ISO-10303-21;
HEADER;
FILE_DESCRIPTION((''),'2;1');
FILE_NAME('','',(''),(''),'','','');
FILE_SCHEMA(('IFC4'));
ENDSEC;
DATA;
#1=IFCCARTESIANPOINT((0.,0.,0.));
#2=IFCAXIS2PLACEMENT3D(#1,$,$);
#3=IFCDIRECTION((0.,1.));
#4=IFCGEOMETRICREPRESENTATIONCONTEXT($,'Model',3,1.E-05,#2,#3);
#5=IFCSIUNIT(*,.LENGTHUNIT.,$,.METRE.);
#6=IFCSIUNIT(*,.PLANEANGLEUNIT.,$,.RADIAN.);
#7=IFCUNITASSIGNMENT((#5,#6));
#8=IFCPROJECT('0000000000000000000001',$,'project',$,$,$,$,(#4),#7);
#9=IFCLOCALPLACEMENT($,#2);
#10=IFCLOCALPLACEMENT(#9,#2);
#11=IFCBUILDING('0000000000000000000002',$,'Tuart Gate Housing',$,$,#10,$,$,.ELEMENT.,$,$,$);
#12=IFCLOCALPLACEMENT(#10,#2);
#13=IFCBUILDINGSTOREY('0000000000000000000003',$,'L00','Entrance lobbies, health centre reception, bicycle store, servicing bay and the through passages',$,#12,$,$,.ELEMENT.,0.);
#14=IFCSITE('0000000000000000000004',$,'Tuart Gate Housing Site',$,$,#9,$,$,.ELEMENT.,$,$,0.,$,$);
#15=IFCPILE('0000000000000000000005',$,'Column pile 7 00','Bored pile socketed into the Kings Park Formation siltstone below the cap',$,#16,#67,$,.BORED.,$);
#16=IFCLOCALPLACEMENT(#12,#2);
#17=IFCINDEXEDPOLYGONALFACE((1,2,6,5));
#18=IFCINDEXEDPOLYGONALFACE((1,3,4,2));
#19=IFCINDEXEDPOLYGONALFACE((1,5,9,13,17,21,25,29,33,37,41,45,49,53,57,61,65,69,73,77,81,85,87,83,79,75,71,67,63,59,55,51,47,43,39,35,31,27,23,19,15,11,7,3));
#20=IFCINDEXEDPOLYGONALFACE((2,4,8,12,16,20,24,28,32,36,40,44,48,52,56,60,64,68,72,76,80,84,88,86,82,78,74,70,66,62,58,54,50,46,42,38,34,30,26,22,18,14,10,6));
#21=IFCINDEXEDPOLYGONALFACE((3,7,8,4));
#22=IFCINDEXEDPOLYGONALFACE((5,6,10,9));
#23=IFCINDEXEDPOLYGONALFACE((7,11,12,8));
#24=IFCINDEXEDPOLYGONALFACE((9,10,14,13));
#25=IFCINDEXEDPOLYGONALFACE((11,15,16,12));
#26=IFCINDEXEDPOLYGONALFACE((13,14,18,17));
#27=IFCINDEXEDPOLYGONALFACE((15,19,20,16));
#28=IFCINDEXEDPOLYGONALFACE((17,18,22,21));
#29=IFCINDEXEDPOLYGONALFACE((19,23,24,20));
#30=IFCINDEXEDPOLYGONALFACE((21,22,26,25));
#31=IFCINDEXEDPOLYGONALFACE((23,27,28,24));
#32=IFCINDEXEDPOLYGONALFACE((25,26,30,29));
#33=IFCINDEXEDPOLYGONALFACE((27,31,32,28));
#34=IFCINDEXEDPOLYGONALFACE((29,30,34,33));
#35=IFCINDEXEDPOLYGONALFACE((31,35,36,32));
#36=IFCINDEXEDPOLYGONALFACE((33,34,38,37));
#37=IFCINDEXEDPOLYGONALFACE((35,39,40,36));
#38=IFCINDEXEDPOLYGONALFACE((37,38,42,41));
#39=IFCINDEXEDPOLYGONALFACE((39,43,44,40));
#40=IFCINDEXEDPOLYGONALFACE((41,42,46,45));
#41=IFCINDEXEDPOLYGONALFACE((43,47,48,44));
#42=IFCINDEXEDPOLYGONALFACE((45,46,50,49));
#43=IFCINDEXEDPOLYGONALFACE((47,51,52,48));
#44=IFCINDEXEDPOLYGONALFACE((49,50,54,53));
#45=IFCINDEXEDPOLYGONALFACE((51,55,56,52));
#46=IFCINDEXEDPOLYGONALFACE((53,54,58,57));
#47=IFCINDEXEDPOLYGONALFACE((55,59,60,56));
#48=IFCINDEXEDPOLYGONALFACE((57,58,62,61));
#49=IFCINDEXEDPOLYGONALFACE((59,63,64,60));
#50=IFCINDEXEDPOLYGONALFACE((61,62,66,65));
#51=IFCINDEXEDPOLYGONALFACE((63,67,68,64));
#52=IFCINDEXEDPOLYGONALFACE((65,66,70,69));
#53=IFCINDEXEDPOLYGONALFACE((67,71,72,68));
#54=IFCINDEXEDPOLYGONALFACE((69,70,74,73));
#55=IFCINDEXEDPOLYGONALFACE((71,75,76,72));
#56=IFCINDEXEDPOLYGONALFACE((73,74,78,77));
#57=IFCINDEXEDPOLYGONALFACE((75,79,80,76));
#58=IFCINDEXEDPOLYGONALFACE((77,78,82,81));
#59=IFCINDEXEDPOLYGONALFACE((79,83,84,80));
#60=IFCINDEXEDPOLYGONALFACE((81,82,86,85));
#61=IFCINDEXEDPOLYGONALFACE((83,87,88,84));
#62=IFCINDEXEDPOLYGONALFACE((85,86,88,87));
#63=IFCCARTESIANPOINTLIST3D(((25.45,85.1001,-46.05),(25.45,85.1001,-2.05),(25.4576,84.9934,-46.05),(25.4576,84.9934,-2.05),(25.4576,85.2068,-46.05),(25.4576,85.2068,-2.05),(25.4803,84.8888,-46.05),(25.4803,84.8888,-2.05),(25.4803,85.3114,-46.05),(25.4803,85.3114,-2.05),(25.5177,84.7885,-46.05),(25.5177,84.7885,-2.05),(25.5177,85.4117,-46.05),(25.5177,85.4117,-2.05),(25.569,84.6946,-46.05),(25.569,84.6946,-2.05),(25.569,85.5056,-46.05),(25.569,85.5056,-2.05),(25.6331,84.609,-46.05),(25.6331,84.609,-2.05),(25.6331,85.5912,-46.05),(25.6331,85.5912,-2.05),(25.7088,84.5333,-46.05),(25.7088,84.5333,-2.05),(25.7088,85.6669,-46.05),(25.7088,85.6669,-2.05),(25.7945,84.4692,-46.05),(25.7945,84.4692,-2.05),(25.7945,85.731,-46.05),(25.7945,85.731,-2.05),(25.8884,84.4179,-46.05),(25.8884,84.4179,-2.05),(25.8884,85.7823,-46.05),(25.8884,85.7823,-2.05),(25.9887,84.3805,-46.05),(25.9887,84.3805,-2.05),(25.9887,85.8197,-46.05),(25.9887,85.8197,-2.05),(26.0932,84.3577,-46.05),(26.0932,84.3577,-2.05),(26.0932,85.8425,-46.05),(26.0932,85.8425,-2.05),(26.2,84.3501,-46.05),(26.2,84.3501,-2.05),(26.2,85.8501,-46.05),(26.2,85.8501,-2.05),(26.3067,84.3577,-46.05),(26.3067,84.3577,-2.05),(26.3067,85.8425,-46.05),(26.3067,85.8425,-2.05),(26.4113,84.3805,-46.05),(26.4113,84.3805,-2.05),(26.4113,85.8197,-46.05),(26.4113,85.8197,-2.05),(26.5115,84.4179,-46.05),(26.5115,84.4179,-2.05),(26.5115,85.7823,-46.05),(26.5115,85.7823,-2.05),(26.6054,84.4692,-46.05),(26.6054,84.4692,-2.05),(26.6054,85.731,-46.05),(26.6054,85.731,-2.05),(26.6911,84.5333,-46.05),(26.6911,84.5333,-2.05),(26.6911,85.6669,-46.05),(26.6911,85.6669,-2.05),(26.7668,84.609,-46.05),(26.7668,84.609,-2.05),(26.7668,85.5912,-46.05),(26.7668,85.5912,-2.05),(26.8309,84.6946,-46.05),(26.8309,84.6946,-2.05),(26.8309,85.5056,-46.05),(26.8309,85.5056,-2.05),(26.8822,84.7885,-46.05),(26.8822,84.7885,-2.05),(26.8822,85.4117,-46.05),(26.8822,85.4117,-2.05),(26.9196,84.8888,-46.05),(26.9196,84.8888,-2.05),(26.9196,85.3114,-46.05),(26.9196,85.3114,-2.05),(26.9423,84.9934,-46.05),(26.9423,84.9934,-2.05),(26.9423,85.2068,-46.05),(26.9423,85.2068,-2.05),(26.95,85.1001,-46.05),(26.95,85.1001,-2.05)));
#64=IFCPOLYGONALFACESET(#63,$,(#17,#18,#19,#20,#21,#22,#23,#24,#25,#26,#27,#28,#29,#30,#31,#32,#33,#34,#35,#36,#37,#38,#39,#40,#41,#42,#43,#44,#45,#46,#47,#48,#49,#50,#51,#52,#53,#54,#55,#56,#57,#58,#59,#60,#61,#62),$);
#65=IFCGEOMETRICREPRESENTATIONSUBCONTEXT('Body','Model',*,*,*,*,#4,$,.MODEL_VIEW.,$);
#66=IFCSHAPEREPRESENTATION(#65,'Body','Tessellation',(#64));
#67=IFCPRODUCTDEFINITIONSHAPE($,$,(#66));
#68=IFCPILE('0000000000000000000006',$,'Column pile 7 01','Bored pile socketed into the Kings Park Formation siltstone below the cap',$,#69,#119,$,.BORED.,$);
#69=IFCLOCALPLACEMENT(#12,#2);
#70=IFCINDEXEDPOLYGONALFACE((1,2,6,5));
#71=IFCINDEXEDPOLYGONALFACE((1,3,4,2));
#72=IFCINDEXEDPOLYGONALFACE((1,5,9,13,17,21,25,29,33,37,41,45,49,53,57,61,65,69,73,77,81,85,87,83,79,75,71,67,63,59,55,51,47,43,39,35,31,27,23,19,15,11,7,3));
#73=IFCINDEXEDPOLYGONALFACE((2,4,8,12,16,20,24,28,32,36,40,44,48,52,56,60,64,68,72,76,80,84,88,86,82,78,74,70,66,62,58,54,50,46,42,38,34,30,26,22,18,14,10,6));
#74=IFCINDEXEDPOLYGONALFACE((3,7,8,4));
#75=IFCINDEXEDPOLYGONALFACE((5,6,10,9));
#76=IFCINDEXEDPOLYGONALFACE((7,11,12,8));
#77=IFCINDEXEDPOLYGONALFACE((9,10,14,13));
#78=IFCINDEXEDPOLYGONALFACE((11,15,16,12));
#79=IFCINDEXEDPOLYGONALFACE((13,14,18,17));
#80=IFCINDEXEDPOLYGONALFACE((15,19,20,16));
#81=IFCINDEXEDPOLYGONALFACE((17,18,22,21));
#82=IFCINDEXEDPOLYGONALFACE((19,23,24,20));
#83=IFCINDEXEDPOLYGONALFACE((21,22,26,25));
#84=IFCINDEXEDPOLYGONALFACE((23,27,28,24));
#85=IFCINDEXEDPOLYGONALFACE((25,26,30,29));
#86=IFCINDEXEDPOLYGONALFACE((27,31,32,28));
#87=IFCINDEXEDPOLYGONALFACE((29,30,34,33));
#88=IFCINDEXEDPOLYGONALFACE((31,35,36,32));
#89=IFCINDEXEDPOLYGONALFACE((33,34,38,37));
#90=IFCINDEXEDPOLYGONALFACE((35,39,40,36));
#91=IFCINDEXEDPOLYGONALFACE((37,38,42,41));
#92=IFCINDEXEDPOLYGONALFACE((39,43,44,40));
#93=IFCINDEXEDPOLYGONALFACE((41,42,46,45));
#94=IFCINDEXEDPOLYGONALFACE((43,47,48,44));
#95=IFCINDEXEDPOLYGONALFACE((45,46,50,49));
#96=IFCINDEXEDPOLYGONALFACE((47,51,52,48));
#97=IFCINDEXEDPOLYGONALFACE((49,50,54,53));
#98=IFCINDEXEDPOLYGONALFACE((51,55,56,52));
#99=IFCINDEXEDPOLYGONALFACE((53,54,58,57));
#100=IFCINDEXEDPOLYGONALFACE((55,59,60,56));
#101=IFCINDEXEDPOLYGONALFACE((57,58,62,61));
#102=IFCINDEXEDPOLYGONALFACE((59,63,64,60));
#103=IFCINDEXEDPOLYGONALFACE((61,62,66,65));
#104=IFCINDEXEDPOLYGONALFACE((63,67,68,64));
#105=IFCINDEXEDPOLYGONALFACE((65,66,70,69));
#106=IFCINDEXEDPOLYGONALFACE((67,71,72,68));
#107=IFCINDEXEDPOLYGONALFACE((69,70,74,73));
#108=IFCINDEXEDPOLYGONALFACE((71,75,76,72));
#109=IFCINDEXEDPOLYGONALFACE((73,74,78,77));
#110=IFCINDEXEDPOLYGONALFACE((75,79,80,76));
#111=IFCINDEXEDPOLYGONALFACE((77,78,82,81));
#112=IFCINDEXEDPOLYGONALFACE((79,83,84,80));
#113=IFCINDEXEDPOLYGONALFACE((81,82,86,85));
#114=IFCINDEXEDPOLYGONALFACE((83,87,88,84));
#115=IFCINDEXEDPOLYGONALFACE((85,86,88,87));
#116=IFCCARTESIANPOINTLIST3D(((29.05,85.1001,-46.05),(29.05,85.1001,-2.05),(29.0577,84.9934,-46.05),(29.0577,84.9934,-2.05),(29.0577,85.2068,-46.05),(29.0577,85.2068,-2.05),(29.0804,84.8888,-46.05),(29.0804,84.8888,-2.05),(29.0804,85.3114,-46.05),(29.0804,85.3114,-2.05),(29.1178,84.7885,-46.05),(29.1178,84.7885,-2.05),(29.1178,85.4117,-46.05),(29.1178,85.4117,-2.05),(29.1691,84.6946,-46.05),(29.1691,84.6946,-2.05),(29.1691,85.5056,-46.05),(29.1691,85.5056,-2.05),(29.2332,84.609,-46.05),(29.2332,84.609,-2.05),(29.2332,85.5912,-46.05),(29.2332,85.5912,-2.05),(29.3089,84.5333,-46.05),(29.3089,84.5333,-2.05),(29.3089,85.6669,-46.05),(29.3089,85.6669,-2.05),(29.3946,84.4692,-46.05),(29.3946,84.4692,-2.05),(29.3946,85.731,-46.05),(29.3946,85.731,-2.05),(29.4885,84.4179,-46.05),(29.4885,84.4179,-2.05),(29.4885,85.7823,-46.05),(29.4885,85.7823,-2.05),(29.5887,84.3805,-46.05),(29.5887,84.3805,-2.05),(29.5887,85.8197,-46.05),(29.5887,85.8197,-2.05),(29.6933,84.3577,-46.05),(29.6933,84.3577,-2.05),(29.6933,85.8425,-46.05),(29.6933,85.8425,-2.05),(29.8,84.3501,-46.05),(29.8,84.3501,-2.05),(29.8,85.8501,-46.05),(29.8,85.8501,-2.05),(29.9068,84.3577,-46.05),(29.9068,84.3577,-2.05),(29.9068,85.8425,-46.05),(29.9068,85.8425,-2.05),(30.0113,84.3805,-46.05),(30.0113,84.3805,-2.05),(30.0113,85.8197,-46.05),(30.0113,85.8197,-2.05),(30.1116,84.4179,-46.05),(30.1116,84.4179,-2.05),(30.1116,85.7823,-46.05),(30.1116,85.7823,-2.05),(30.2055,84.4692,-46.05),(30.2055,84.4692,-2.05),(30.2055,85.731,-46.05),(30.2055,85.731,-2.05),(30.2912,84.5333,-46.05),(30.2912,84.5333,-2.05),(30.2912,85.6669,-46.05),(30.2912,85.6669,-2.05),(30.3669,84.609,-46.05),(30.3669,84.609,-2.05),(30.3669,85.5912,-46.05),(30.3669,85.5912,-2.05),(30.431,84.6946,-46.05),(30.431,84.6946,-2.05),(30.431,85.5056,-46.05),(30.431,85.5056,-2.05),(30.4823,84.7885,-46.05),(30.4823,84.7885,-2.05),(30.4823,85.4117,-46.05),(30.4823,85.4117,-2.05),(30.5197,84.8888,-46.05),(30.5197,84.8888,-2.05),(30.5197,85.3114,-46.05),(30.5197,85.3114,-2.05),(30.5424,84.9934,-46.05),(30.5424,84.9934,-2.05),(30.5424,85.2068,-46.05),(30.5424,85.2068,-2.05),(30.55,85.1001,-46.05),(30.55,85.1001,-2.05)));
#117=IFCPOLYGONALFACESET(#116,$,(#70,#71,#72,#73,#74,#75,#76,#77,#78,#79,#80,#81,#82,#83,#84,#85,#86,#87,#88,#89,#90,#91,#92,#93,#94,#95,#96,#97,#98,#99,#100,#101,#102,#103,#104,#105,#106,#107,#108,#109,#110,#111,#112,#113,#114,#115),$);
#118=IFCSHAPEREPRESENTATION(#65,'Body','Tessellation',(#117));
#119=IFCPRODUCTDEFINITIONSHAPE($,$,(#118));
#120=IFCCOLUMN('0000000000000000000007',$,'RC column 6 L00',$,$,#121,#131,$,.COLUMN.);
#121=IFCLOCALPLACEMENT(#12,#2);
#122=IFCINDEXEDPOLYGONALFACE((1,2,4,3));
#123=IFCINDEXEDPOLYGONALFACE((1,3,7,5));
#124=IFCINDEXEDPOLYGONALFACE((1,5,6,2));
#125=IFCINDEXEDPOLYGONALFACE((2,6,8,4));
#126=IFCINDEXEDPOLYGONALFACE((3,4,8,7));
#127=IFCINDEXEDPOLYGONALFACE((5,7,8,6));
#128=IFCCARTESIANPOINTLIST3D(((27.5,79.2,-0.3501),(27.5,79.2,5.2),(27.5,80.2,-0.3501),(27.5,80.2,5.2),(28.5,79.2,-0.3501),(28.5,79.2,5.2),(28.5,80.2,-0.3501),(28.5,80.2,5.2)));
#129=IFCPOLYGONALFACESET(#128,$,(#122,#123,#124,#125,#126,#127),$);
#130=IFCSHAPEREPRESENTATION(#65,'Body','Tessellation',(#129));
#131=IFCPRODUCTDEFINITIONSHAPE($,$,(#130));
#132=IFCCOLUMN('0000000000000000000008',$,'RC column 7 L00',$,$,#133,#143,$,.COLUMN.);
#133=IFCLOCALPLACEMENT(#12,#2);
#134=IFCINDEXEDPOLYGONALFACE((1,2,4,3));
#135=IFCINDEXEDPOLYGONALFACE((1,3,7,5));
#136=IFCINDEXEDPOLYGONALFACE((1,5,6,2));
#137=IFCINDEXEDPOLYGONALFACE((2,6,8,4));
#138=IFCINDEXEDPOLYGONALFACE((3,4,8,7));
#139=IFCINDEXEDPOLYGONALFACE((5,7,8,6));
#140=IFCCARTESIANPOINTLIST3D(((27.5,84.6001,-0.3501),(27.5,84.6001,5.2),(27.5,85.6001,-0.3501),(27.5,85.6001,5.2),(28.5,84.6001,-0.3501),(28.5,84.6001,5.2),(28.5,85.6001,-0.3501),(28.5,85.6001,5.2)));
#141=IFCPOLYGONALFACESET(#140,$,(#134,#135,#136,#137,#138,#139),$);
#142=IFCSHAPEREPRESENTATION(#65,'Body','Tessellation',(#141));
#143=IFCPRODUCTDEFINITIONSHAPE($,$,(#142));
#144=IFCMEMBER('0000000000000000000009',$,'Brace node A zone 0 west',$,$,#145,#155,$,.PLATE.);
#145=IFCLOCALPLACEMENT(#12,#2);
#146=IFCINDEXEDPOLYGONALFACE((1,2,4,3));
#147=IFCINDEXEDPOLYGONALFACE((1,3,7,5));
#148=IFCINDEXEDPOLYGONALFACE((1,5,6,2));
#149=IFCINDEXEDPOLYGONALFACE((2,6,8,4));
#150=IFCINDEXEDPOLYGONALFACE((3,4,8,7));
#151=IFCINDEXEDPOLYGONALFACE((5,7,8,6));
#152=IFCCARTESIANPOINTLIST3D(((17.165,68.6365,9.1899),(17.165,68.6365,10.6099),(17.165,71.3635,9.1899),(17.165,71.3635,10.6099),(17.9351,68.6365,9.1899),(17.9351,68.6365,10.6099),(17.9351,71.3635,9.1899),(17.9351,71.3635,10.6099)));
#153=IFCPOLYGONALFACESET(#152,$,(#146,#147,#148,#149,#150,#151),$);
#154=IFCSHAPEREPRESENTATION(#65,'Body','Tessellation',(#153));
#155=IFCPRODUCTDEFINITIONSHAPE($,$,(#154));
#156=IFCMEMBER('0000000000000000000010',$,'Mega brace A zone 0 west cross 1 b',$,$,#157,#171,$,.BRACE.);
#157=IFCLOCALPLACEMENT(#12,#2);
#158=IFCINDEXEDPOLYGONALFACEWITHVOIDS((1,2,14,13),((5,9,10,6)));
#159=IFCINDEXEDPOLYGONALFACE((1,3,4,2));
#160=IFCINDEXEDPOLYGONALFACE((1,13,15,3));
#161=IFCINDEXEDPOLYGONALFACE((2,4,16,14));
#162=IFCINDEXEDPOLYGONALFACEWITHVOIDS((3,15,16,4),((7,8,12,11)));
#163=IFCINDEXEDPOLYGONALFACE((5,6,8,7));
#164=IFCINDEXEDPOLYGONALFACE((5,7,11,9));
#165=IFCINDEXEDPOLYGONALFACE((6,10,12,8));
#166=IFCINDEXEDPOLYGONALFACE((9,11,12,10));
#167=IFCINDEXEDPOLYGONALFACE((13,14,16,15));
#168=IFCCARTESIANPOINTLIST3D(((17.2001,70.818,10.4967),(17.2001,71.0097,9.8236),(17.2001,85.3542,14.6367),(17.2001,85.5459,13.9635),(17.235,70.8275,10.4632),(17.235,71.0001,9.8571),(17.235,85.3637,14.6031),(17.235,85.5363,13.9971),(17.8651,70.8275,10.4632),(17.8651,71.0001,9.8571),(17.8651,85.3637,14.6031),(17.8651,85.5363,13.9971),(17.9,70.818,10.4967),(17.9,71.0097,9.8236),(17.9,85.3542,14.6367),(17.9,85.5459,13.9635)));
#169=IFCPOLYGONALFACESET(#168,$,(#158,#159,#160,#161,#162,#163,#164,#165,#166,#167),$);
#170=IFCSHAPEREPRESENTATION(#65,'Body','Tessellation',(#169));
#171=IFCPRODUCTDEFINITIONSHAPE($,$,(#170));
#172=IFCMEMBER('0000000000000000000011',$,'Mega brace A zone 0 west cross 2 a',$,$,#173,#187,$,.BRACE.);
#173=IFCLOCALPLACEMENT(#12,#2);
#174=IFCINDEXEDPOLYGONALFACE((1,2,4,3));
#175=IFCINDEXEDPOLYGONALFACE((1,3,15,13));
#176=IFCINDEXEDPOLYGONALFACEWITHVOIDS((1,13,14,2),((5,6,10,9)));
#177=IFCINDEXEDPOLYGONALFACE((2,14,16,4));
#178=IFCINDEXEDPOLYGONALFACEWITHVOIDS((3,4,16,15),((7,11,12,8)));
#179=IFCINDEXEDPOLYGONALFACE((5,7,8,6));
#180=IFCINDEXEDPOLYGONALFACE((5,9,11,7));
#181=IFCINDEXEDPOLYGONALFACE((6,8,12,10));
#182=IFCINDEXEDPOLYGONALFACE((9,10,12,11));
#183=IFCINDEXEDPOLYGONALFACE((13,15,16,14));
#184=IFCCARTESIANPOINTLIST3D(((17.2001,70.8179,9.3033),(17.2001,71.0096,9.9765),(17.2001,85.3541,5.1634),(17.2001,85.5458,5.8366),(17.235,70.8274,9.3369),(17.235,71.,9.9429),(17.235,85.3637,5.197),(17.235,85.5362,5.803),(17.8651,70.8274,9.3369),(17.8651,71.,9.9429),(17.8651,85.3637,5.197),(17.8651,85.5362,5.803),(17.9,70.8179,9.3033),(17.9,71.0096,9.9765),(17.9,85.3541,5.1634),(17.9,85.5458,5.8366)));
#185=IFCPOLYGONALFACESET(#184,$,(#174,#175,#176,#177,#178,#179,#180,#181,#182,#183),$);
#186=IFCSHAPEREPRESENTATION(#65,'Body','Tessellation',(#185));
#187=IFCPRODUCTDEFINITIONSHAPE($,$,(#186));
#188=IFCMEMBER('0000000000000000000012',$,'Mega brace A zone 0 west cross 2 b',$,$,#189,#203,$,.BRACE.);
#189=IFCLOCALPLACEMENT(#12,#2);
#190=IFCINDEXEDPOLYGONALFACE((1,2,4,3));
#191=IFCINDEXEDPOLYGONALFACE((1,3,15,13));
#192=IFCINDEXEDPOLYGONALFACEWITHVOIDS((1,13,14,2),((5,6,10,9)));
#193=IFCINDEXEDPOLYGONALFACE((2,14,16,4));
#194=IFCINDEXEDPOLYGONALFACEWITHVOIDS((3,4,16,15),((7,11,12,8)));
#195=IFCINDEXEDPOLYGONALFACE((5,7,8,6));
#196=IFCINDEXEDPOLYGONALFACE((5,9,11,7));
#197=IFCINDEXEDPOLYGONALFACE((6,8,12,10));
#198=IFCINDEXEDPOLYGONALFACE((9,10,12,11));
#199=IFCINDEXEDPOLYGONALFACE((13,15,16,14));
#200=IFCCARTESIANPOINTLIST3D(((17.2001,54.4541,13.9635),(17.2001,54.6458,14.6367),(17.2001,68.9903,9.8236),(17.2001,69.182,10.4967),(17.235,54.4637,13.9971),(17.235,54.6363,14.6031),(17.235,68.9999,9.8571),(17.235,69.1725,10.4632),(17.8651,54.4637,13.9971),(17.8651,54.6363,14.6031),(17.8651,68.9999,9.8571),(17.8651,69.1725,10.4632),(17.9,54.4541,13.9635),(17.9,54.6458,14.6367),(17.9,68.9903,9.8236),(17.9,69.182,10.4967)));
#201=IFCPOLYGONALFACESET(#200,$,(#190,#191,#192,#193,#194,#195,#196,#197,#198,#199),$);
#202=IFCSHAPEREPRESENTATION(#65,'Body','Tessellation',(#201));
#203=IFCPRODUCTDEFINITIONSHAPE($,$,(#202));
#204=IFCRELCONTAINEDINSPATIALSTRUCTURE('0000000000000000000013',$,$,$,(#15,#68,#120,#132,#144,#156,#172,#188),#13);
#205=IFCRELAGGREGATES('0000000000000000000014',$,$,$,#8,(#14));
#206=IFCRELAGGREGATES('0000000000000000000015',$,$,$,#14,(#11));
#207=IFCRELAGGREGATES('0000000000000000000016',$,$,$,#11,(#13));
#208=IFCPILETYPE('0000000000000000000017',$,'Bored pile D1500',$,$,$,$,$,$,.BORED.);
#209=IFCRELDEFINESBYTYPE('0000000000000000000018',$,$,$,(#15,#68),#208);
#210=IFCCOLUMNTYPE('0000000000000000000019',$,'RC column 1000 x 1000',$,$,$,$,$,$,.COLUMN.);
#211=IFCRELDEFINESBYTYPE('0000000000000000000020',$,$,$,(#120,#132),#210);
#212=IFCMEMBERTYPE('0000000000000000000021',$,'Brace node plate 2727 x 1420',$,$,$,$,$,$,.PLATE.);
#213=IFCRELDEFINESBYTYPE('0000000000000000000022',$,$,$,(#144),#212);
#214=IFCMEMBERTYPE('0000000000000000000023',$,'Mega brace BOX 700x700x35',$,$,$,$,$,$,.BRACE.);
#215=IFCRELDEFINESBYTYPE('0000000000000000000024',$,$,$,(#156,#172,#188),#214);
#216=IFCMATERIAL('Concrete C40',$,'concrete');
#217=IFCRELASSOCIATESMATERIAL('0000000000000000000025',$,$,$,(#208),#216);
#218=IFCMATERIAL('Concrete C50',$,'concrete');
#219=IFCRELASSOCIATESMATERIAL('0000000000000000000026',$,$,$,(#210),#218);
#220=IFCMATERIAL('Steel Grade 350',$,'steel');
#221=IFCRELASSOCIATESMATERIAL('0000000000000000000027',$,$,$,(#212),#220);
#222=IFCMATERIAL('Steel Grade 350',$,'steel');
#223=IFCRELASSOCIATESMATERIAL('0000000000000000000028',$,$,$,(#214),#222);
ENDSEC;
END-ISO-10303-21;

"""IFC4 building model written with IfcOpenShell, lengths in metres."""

from ifc_helpers import new_model, si_unit, direction, frame, origin, origin_2d, place, context, subcontext, project, spatial, rectangle, hollow_rectangle, circle, extrude, material, material_profile, profile_set, type_object, element, save


model = new_model("IFC4")

# Units and contexts
model_context = context("Model", 3, precision=1e-05, world=origin(), true_north=direction((0.0, 1.0)))
body_context = subcontext(model_context, "Body", "Model", "MODEL_VIEW")
ifc_project = project(units=[si_unit("LENGTHUNIT", "METRE"), si_unit("PLANEANGLEUNIT", "RADIAN")], contexts=[model_context])

# Site, building, storey
site_placement = place(None, origin())
site = spatial("IfcSite", under=ifc_project, at=site_placement, Name="Tuart Gate Housing Site", CompositionType="ELEMENT", RefElevation=0.0)
building_placement = place(site_placement, origin())
building = spatial("IfcBuilding", under=site, at=building_placement, Name="Tuart Gate Housing", CompositionType="ELEMENT")
storey_placement = place(building_placement, origin())
storey = spatial("IfcBuildingStorey", under=building, at=storey_placement, Name="L00", Description="Entrance lobbies, health centre reception, bicycle store, servicing bay and the through passages", CompositionType="ELEMENT", Elevation=0.0)

# Piles
ifc_material_1 = material(Name="Concrete C40", Category="concrete")
ifc_material_profile_1 = material_profile(ifc_material_1, circle(Radius=0.75, at=origin_2d()), Name="Bored pile D1500")
ifc_profile_set_1 = profile_set([ifc_material_profile_1], Name="Concrete C40")
pile_type = type_object("IfcPileType", Name="Bored pile D1500", PredefinedType="BORED", material=ifc_profile_set_1)
for number, where, z_axis, x_axis, name in (
    (1, (26.2, 85.1001, -2.05), (0.0, 0.0, -1.0), (1.0, 0.0, 0.0), "Column pile 7 00"),
    (2, (29.8, 85.1001, -2.05), (0.0, 0.0, -1.0), (1.0, 0.0, 0.0), "Column pile 7 01"),
):
    element("IfcPile", number, at=place(storey_placement, frame(where, z_axis=z_axis, x_axis=x_axis)), inside=storey, type_object=pile_type, Name=name, Description="Bored pile socketed into the Kings Park Formation siltstone below the cap", PredefinedType="BORED", context=body_context, shape_type="SweptSolid", body=[
        extrude(circle(Radius=0.75, at=origin_2d()), origin(), (0.0, 0.0, 1.0), 44.0),
    ])

# Columns
ifc_material_2 = material(Name="Concrete C50", Category="concrete")
ifc_material_profile_2 = material_profile(ifc_material_2, rectangle(XDim=1.0, YDim=1.0, at=origin_2d()), Name="RC column 1000 x 1000")
ifc_profile_set_2 = profile_set([ifc_material_profile_2], Name="Concrete C50")
column_type = type_object("IfcColumnType", Name="RC column 1000 x 1000", PredefinedType="COLUMN", material=ifc_profile_set_2)
for number, where, z_axis, x_axis, name in (
    (3, (28.0, 79.7, -0.3501), (0.0, 0.0, 1.0), (1.0, 0.0, 0.0), "RC column 6 L00"),
    (4, (28.0, 85.1001, -0.3501), (0.0, 0.0, 1.0), (1.0, 0.0, 0.0), "RC column 7 L00"),
):
    element("IfcColumn", number, at=place(storey_placement, frame(where, z_axis=z_axis, x_axis=x_axis)), inside=storey, type_object=column_type, Name=name, PredefinedType="COLUMN", context=body_context, shape_type="SweptSolid", body=[
        extrude(rectangle(XDim=1.0, YDim=1.0, at=origin_2d()), origin(), (0.0, 0.0, 1.0), 5.55),
    ])

# Members
ifc_material_3 = material(Name="Steel Grade 350", Category="steel")
ifc_material_profile_3 = material_profile(ifc_material_3, rectangle(XDim=2.7271, YDim=1.4199, at=origin_2d()), Name="Brace node plate 2727 x 1420")
ifc_profile_set_3 = profile_set([ifc_material_profile_3], Name="Steel Grade 350")
member_type_1 = type_object("IfcMemberType", Name="Brace node plate 2727 x 1420", PredefinedType="PLATE", material=ifc_profile_set_3)
member_placement = place(storey_placement, frame((17.165, 70.0, 9.8999), z_axis=(1.0, 0.0, 0.0), x_axis=(0.0, 1.0, 0.0)))
element("IfcMember", 5, at=member_placement, inside=storey, type_object=member_type_1, Name="Brace node A zone 0 west", PredefinedType="PLATE", context=body_context, shape_type="SweptSolid", body=[
    extrude(rectangle(XDim=2.7271, YDim=1.4199, at=origin_2d()), origin(), (0.0, 0.0, 1.0), 0.77),
])
ifc_material_4 = material(Name="Steel Grade 350", Category="steel")
ifc_material_profile_4 = material_profile(ifc_material_4, hollow_rectangle(XDim=0.7, YDim=0.7, WallThickness=0.0349, at=origin_2d()), Name="BOX 700x700x35")
ifc_profile_set_4 = profile_set([ifc_material_profile_4], Name="Steel Grade 350")
member_type_2 = type_object("IfcMemberType", Name="Mega brace BOX 700x700x35", PredefinedType="BRACE", material=ifc_profile_set_4)
for number, where, z_axis, x_axis, name in (
    (6, (17.55, 70.9138, 10.1602), (0.0, 0.961756, 0.273908), (-1.0, 0.0, 0.0), "Mega brace A zone 0 west cross 1 b"),
    (7, (17.55, 85.45, 5.5), (0.0, -0.961756, 0.273908), (1.0, 0.0, 0.0), "Mega brace A zone 0 west cross 2 a"),
    (8, (17.55, 69.0862, 10.1602), (0.0, -0.961756, 0.273908), (1.0, 0.0, 0.0), "Mega brace A zone 0 west cross 2 b"),
):
    element("IfcMember", number, at=place(storey_placement, frame(where, z_axis=z_axis, x_axis=x_axis)), inside=storey, type_object=member_type_2, Name=name, PredefinedType="BRACE", context=body_context, shape_type="SweptSolid", body=[
        extrude(hollow_rectangle(XDim=0.7, YDim=0.7, WallThickness=0.0349, at=origin_2d()), origin(), (0.0, 0.0, 1.0), 15.1143),
    ])

save(model, "model.ifc")
